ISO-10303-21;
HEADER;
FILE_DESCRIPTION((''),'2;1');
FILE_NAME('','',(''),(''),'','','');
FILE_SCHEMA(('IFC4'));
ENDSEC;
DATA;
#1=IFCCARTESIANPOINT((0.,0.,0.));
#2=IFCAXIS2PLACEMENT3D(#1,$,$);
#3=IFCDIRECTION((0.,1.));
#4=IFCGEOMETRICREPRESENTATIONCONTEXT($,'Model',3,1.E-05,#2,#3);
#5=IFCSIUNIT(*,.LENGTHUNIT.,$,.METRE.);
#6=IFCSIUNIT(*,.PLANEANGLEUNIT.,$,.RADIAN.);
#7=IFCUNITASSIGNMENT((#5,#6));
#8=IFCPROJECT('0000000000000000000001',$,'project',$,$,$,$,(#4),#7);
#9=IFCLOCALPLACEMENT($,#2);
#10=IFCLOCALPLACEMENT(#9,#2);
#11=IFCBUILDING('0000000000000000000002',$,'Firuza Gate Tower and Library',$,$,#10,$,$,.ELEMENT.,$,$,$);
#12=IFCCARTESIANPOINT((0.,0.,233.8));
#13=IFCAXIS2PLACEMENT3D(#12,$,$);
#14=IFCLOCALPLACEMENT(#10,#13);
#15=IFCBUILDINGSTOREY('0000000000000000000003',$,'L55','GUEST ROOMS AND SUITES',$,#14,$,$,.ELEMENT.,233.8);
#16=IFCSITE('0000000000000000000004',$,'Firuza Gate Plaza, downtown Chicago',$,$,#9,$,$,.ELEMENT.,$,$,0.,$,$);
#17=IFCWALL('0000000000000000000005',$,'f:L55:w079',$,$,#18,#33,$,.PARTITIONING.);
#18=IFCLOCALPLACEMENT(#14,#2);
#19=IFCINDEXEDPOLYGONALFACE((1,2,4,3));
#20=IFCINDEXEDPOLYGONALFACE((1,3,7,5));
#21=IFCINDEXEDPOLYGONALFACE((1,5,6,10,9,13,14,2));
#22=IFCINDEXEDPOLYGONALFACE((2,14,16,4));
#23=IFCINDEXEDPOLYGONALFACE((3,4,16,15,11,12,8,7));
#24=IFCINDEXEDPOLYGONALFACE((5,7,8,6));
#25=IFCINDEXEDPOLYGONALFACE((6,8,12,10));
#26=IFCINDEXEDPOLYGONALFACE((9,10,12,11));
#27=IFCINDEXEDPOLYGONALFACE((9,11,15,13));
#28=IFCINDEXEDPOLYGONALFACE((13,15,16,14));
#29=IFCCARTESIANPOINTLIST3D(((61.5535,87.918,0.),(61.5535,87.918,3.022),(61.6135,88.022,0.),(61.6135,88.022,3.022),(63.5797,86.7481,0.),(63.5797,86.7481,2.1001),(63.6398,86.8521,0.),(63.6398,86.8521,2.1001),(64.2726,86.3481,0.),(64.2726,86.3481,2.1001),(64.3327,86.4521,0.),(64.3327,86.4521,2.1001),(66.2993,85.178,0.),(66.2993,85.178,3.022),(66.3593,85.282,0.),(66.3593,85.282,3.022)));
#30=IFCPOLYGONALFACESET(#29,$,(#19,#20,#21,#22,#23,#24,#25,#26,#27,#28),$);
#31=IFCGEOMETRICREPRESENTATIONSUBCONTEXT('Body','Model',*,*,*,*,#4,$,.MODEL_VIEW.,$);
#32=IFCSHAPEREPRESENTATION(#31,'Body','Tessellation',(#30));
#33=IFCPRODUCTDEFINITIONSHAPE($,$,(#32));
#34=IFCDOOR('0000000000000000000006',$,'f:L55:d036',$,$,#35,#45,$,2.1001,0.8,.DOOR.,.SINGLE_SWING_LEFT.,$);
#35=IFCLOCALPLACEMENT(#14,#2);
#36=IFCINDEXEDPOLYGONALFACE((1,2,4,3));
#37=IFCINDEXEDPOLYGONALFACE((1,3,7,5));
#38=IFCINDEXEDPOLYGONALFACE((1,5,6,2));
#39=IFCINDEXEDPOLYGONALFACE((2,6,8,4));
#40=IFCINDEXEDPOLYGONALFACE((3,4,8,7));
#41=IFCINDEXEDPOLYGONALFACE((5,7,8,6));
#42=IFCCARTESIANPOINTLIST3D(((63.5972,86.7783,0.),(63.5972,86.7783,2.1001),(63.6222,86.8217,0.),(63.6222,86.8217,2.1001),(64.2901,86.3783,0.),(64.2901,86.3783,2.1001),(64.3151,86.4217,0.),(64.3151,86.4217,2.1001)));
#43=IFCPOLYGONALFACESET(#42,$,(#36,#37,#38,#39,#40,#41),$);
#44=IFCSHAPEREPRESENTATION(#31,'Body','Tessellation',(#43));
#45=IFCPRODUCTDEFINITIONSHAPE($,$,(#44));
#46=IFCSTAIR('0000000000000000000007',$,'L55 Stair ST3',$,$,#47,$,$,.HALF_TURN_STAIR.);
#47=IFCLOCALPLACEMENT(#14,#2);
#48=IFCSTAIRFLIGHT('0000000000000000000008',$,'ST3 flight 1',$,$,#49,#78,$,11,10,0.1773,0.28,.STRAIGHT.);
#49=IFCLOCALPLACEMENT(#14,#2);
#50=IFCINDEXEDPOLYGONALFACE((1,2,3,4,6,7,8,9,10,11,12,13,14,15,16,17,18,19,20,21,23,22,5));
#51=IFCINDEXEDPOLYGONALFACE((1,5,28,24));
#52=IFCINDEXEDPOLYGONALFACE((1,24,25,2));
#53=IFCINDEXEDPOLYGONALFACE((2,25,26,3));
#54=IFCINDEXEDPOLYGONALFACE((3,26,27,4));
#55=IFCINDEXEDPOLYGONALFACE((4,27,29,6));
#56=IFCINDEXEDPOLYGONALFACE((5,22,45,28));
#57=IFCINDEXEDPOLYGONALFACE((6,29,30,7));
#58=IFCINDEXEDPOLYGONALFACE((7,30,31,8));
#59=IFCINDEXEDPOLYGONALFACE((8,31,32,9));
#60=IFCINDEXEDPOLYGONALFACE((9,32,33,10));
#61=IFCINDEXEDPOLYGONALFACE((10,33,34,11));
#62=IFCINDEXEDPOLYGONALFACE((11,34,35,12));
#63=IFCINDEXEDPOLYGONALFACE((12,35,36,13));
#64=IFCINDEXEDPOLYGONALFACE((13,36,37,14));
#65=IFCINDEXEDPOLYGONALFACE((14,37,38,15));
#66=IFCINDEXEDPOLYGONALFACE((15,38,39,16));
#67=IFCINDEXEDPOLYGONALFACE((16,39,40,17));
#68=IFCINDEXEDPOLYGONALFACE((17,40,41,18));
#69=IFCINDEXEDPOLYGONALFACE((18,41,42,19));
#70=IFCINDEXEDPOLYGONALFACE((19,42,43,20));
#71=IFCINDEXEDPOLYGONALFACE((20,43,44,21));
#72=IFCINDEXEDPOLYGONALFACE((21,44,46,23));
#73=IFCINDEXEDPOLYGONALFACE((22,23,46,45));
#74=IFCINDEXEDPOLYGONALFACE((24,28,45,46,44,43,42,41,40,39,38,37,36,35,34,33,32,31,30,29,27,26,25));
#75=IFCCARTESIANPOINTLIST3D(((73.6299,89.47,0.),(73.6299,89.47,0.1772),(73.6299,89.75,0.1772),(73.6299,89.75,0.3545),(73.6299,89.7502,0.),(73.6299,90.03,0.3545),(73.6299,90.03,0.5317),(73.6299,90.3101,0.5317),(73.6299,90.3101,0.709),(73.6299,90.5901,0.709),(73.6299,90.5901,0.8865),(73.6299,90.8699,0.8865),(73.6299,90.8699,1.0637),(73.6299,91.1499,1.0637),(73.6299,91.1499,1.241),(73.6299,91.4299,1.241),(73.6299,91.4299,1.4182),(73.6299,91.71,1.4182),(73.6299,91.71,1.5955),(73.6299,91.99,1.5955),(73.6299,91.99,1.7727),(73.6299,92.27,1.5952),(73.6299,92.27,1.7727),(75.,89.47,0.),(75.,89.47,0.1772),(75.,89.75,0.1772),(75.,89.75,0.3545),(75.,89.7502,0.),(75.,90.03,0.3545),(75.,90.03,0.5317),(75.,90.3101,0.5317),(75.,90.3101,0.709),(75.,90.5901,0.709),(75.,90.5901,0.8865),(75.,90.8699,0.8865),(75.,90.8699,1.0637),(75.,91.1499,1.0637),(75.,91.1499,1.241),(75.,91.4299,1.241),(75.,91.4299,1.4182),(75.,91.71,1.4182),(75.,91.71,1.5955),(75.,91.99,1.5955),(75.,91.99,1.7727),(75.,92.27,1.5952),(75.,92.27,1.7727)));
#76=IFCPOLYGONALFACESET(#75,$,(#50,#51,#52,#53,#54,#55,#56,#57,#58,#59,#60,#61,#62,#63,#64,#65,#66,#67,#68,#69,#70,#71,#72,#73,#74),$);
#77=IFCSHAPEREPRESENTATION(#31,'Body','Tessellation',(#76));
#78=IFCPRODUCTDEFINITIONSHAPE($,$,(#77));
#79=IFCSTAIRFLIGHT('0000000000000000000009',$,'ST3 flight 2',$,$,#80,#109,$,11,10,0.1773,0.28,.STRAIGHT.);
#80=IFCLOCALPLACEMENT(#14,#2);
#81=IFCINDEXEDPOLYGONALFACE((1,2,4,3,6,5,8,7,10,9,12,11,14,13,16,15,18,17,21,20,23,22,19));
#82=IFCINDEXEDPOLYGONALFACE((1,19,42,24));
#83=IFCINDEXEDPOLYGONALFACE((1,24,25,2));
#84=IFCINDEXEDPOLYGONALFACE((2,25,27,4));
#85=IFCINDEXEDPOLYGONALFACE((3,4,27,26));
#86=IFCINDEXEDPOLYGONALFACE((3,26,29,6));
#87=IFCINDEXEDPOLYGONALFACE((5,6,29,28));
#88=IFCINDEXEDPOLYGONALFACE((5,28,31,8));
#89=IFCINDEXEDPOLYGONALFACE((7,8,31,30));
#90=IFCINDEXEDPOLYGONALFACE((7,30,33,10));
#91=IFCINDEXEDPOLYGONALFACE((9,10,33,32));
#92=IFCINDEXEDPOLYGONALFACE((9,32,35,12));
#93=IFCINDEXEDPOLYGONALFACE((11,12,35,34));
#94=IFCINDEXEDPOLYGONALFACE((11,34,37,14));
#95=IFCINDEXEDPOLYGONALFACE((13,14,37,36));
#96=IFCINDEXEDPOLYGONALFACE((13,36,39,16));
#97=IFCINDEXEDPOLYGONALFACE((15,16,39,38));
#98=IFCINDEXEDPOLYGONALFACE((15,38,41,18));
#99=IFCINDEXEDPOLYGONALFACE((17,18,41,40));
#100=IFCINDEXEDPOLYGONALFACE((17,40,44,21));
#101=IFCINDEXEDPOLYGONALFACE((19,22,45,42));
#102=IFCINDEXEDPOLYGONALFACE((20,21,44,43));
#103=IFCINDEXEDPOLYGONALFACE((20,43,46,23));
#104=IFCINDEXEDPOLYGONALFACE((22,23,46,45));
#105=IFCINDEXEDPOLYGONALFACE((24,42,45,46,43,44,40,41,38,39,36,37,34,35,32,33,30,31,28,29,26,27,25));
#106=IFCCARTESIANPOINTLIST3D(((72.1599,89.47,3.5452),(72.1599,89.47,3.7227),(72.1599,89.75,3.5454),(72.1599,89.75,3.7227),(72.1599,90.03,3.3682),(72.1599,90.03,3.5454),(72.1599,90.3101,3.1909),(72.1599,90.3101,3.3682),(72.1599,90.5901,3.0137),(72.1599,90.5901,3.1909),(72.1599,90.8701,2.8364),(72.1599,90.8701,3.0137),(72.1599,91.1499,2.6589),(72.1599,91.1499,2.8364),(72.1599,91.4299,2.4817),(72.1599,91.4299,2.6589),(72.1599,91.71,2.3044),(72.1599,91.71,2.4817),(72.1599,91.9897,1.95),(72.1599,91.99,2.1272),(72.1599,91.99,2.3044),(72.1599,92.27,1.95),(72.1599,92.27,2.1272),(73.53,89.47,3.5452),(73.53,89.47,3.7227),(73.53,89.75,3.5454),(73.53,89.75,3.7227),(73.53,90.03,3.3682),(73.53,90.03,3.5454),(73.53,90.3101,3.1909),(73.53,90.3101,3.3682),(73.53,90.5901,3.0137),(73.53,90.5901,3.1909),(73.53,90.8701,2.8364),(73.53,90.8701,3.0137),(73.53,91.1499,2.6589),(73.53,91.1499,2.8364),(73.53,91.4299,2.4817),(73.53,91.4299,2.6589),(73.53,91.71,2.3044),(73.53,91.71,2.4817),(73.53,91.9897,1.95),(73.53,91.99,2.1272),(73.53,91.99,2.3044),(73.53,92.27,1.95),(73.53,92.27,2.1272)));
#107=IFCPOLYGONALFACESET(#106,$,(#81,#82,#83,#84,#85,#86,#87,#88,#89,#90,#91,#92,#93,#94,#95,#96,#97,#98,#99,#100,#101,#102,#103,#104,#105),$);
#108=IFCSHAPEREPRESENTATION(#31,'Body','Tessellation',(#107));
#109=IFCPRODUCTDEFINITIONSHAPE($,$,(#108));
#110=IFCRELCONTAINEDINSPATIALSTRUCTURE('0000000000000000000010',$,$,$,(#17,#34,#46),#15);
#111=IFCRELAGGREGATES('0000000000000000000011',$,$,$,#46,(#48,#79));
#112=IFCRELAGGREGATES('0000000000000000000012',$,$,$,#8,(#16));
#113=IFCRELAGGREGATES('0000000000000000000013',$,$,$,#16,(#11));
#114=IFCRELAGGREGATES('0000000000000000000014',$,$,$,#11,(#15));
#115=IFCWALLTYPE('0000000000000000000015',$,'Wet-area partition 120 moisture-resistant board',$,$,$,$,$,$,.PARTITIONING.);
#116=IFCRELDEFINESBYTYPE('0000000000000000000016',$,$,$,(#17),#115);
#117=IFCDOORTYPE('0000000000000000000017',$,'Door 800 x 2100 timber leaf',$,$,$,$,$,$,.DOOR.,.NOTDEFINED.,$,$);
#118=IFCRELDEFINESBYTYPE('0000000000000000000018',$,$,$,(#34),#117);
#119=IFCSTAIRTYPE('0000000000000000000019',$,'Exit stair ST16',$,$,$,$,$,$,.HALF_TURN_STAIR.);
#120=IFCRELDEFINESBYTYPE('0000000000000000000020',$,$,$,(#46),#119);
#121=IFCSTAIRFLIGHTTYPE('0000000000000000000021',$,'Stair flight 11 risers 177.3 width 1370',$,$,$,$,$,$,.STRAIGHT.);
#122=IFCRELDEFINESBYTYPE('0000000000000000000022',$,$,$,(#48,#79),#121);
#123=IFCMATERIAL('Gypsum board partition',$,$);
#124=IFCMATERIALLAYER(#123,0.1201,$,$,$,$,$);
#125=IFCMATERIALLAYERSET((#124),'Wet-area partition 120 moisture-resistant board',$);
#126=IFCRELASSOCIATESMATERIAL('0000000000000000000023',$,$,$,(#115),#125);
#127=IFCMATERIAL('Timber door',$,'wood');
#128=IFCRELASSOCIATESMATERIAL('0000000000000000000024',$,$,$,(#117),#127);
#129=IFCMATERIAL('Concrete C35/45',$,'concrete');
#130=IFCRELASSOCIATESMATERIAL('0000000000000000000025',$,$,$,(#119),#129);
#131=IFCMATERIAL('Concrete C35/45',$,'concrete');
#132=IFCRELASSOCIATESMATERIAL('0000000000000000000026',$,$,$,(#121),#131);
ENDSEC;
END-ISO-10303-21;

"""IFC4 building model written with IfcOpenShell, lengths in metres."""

from ifc_helpers import new_model, si_unit, direction, frame, frame_2d, origin, place, context, subcontext, project, spatial, polyline, rectangle, outline, extrude, material, layer, layer_set, type_object, element, fill, aggregate, save


model = new_model("IFC4")

# Units and contexts
model_context = context("Model", 3, precision=1e-05, world=origin(), true_north=direction((0.0, 1.0)))
body_context = subcontext(model_context, "Body", "Model", "MODEL_VIEW")
ifc_project = project(units=[si_unit("LENGTHUNIT", "METRE"), si_unit("PLANEANGLEUNIT", "RADIAN")], contexts=[model_context])

# Site, building, storey
site_placement = place(None, origin())
site = spatial("IfcSite", under=ifc_project, at=site_placement, Name="Firuza Gate Plaza, downtown Chicago", CompositionType="ELEMENT", RefElevation=0.0)
building_placement = place(site_placement, origin())
building = spatial("IfcBuilding", under=site, at=building_placement, Name="Firuza Gate Tower and Library", CompositionType="ELEMENT")
storey_placement = place(building_placement, frame((0.0, 0.0, 233.8)))
storey = spatial("IfcBuildingStorey", under=building, at=storey_placement, Name="L55", Description="GUEST ROOMS AND SUITES", CompositionType="ELEMENT", Elevation=233.8)

# Shared definitions
ifc_material_1 = material(Name="Gypsum board partition")
ifc_layer_1 = layer(ifc_material_1, 0.1201)
ifc_layer_set_1 = layer_set([ifc_layer_1], Name="Wet-area partition 120 moisture-resistant board")
wall_type_1 = type_object("IfcWallType", Name="Wet-area partition 120 moisture-resistant board", PredefinedType="PARTITIONING", material=ifc_layer_set_1)

# Wall, opening, door
wall_1_placement = place(storey_placement, frame((61.5835, 87.97, 0.0), z_axis=(0.0, 0.0, 1.0), x_axis=(0.866028, -0.499996, 0.0)))
wall_1 = element("IfcWall", 1, at=wall_1_placement, inside=storey, type_object=wall_type_1, Name="f:L55:w079", PredefinedType="PARTITIONING", context=body_context, shape_type="SweptSolid", body=[
    extrude(rectangle(XDim=5.48, YDim=0.1201, at=frame_2d((2.74, 0.0))), origin(), (0.0, 0.0, 1.0), 3.022),
])
opening_1_placement = place(wall_1_placement, frame((2.3398, 0.0, 0.0)))
opening_1 = element("IfcOpeningElement", 2, at=opening_1_placement, cuts=wall_1, PredefinedType="OPENING", context=body_context, shape_type="SweptSolid", body=[
    extrude(rectangle(XDim=0.8, YDim=2.1001, at=frame_2d((0.3999, 1.05))), frame((0.0, 0.0701, 0.0), z_axis=(0.0, -1.0, 0.0), x_axis=(1.0, 0.0, 0.0)), (0.0, 0.0, 1.0), 0.1401),
])
ifc_material_2 = material(Name="Timber door", Category="wood")
door_type_1 = type_object("IfcDoorType", Name="Door 800 x 2100 timber leaf", OperationType="NOTDEFINED", PredefinedType="DOOR", material=ifc_material_2)
door_1_placement = place(opening_1_placement, origin())
door_1 = element("IfcDoor", 3, at=door_1_placement, inside=storey, type_object=door_type_1, Name="f:L55:d036", OperationType="SINGLE_SWING_LEFT", OverallHeight=2.1001, OverallWidth=0.8, PredefinedType="DOOR", context=body_context, shape_type="SweptSolid", body=[
    extrude(rectangle(XDim=0.8, YDim=2.1001, at=frame_2d((0.3999, 1.05))), frame((0.0, 0.0249, 0.0), z_axis=(0.0, -1.0, 0.0), x_axis=(1.0, 0.0, 0.0)), (0.0, 0.0, 1.0), 0.05),
])
fill(opening_1, door_1)

# Stair, stair flights
ifc_material_3 = material(Name="Concrete C35/45", Category="concrete")
stair_type = type_object("IfcStairType", Name="Exit stair ST16", PredefinedType="HALF_TURN_STAIR", material=ifc_material_3)
stair_placement = place(storey_placement, origin())
stair = element("IfcStair", 4, at=stair_placement, inside=storey, type_object=stair_type, Name="L55 Stair ST3", PredefinedType="HALF_TURN_STAIR")
ifc_material_4 = material(Name="Concrete C35/45", Category="concrete")
stair_flight_type = type_object("IfcStairFlightType", Name="Stair flight 11 risers 177.3 width 1370", PredefinedType="STRAIGHT", material=ifc_material_4)
stair_flight_1_placement = place(storey_placement, frame((74.3149, 89.47, 0.0), z_axis=(0.0, 0.0, 1.0), x_axis=(0.0, 1.0, 0.0)))
stair_flight_1 = element("IfcStairFlight", 5, at=stair_flight_1_placement, type_object=stair_flight_type, Name="ST3 flight 1", NumberOfRisers=11, NumberOfTreads=10, PredefinedType="STRAIGHT", RiserHeight=0.1773, TreadLength=0.28, context=body_context, shape_type="SweptSolid", body=[
    extrude(outline(polyline([(0.0, 0.0), (0.0, 0.1772), (0.28, 0.1772), (0.28, 0.3545), (0.5601, 0.3545), (0.5601, 0.5317), (0.8401, 0.5317), (0.8401, 0.709), (1.1201, 0.709), (1.1201, 0.8865), (1.3999, 0.8865), (1.3999, 1.0637), (1.6799, 1.0637), (1.6799, 1.241), (1.96, 1.241), (1.96, 1.4182), (2.24, 1.4182), (2.24, 1.5955), (2.52, 1.5955), (2.52, 1.7727), (2.8, 1.7727), (2.8, 1.95), (2.8, 1.5952), (0.2803, 0.0), (0.0, 0.0)])), frame((0.0, 0.6851, 0.0), z_axis=(0.0, -1.0, 0.0), x_axis=(1.0, 0.0, 0.0)), (0.0, 0.0, 1.0), 1.3701),
])
stair_flight_2_placement = place(storey_placement, frame((72.845, 92.27, 1.95), z_axis=(0.0, 0.0, 1.0), x_axis=(0.0, -1.0, 0.0)))
stair_flight_2 = element("IfcStairFlight", 6, at=stair_flight_2_placement, type_object=stair_flight_type, Name="ST3 flight 2", NumberOfRisers=11, NumberOfTreads=10, PredefinedType="STRAIGHT", RiserHeight=0.1773, TreadLength=0.28, context=body_context, shape_type="SweptSolid", body=[
    extrude(outline(polyline([(0.0, 0.0), (0.0, 0.1772), (0.28, 0.1772), (0.28, 0.3545), (0.5601, 0.3545), (0.5601, 0.5317), (0.8401, 0.5317), (0.8401, 0.709), (1.1201, 0.709), (1.1201, 0.8865), (1.3999, 0.8865), (1.3999, 1.0637), (1.6799, 1.0637), (1.6799, 1.241), (1.96, 1.241), (1.96, 1.4182), (2.24, 1.4182), (2.24, 1.5955), (2.52, 1.5955), (2.52, 1.7727), (2.8, 1.7727), (2.8, 1.95), (2.8, 1.5952), (0.2803, 0.0), (0.0, 0.0)])), frame((0.0, 0.6851, 0.0), z_axis=(0.0, -1.0, 0.0), x_axis=(1.0, 0.0, 0.0)), (0.0, 0.0, 1.0), 1.3701),
])
aggregate(stair, [stair_flight_1, stair_flight_2])

save(model, "model.ifc")
